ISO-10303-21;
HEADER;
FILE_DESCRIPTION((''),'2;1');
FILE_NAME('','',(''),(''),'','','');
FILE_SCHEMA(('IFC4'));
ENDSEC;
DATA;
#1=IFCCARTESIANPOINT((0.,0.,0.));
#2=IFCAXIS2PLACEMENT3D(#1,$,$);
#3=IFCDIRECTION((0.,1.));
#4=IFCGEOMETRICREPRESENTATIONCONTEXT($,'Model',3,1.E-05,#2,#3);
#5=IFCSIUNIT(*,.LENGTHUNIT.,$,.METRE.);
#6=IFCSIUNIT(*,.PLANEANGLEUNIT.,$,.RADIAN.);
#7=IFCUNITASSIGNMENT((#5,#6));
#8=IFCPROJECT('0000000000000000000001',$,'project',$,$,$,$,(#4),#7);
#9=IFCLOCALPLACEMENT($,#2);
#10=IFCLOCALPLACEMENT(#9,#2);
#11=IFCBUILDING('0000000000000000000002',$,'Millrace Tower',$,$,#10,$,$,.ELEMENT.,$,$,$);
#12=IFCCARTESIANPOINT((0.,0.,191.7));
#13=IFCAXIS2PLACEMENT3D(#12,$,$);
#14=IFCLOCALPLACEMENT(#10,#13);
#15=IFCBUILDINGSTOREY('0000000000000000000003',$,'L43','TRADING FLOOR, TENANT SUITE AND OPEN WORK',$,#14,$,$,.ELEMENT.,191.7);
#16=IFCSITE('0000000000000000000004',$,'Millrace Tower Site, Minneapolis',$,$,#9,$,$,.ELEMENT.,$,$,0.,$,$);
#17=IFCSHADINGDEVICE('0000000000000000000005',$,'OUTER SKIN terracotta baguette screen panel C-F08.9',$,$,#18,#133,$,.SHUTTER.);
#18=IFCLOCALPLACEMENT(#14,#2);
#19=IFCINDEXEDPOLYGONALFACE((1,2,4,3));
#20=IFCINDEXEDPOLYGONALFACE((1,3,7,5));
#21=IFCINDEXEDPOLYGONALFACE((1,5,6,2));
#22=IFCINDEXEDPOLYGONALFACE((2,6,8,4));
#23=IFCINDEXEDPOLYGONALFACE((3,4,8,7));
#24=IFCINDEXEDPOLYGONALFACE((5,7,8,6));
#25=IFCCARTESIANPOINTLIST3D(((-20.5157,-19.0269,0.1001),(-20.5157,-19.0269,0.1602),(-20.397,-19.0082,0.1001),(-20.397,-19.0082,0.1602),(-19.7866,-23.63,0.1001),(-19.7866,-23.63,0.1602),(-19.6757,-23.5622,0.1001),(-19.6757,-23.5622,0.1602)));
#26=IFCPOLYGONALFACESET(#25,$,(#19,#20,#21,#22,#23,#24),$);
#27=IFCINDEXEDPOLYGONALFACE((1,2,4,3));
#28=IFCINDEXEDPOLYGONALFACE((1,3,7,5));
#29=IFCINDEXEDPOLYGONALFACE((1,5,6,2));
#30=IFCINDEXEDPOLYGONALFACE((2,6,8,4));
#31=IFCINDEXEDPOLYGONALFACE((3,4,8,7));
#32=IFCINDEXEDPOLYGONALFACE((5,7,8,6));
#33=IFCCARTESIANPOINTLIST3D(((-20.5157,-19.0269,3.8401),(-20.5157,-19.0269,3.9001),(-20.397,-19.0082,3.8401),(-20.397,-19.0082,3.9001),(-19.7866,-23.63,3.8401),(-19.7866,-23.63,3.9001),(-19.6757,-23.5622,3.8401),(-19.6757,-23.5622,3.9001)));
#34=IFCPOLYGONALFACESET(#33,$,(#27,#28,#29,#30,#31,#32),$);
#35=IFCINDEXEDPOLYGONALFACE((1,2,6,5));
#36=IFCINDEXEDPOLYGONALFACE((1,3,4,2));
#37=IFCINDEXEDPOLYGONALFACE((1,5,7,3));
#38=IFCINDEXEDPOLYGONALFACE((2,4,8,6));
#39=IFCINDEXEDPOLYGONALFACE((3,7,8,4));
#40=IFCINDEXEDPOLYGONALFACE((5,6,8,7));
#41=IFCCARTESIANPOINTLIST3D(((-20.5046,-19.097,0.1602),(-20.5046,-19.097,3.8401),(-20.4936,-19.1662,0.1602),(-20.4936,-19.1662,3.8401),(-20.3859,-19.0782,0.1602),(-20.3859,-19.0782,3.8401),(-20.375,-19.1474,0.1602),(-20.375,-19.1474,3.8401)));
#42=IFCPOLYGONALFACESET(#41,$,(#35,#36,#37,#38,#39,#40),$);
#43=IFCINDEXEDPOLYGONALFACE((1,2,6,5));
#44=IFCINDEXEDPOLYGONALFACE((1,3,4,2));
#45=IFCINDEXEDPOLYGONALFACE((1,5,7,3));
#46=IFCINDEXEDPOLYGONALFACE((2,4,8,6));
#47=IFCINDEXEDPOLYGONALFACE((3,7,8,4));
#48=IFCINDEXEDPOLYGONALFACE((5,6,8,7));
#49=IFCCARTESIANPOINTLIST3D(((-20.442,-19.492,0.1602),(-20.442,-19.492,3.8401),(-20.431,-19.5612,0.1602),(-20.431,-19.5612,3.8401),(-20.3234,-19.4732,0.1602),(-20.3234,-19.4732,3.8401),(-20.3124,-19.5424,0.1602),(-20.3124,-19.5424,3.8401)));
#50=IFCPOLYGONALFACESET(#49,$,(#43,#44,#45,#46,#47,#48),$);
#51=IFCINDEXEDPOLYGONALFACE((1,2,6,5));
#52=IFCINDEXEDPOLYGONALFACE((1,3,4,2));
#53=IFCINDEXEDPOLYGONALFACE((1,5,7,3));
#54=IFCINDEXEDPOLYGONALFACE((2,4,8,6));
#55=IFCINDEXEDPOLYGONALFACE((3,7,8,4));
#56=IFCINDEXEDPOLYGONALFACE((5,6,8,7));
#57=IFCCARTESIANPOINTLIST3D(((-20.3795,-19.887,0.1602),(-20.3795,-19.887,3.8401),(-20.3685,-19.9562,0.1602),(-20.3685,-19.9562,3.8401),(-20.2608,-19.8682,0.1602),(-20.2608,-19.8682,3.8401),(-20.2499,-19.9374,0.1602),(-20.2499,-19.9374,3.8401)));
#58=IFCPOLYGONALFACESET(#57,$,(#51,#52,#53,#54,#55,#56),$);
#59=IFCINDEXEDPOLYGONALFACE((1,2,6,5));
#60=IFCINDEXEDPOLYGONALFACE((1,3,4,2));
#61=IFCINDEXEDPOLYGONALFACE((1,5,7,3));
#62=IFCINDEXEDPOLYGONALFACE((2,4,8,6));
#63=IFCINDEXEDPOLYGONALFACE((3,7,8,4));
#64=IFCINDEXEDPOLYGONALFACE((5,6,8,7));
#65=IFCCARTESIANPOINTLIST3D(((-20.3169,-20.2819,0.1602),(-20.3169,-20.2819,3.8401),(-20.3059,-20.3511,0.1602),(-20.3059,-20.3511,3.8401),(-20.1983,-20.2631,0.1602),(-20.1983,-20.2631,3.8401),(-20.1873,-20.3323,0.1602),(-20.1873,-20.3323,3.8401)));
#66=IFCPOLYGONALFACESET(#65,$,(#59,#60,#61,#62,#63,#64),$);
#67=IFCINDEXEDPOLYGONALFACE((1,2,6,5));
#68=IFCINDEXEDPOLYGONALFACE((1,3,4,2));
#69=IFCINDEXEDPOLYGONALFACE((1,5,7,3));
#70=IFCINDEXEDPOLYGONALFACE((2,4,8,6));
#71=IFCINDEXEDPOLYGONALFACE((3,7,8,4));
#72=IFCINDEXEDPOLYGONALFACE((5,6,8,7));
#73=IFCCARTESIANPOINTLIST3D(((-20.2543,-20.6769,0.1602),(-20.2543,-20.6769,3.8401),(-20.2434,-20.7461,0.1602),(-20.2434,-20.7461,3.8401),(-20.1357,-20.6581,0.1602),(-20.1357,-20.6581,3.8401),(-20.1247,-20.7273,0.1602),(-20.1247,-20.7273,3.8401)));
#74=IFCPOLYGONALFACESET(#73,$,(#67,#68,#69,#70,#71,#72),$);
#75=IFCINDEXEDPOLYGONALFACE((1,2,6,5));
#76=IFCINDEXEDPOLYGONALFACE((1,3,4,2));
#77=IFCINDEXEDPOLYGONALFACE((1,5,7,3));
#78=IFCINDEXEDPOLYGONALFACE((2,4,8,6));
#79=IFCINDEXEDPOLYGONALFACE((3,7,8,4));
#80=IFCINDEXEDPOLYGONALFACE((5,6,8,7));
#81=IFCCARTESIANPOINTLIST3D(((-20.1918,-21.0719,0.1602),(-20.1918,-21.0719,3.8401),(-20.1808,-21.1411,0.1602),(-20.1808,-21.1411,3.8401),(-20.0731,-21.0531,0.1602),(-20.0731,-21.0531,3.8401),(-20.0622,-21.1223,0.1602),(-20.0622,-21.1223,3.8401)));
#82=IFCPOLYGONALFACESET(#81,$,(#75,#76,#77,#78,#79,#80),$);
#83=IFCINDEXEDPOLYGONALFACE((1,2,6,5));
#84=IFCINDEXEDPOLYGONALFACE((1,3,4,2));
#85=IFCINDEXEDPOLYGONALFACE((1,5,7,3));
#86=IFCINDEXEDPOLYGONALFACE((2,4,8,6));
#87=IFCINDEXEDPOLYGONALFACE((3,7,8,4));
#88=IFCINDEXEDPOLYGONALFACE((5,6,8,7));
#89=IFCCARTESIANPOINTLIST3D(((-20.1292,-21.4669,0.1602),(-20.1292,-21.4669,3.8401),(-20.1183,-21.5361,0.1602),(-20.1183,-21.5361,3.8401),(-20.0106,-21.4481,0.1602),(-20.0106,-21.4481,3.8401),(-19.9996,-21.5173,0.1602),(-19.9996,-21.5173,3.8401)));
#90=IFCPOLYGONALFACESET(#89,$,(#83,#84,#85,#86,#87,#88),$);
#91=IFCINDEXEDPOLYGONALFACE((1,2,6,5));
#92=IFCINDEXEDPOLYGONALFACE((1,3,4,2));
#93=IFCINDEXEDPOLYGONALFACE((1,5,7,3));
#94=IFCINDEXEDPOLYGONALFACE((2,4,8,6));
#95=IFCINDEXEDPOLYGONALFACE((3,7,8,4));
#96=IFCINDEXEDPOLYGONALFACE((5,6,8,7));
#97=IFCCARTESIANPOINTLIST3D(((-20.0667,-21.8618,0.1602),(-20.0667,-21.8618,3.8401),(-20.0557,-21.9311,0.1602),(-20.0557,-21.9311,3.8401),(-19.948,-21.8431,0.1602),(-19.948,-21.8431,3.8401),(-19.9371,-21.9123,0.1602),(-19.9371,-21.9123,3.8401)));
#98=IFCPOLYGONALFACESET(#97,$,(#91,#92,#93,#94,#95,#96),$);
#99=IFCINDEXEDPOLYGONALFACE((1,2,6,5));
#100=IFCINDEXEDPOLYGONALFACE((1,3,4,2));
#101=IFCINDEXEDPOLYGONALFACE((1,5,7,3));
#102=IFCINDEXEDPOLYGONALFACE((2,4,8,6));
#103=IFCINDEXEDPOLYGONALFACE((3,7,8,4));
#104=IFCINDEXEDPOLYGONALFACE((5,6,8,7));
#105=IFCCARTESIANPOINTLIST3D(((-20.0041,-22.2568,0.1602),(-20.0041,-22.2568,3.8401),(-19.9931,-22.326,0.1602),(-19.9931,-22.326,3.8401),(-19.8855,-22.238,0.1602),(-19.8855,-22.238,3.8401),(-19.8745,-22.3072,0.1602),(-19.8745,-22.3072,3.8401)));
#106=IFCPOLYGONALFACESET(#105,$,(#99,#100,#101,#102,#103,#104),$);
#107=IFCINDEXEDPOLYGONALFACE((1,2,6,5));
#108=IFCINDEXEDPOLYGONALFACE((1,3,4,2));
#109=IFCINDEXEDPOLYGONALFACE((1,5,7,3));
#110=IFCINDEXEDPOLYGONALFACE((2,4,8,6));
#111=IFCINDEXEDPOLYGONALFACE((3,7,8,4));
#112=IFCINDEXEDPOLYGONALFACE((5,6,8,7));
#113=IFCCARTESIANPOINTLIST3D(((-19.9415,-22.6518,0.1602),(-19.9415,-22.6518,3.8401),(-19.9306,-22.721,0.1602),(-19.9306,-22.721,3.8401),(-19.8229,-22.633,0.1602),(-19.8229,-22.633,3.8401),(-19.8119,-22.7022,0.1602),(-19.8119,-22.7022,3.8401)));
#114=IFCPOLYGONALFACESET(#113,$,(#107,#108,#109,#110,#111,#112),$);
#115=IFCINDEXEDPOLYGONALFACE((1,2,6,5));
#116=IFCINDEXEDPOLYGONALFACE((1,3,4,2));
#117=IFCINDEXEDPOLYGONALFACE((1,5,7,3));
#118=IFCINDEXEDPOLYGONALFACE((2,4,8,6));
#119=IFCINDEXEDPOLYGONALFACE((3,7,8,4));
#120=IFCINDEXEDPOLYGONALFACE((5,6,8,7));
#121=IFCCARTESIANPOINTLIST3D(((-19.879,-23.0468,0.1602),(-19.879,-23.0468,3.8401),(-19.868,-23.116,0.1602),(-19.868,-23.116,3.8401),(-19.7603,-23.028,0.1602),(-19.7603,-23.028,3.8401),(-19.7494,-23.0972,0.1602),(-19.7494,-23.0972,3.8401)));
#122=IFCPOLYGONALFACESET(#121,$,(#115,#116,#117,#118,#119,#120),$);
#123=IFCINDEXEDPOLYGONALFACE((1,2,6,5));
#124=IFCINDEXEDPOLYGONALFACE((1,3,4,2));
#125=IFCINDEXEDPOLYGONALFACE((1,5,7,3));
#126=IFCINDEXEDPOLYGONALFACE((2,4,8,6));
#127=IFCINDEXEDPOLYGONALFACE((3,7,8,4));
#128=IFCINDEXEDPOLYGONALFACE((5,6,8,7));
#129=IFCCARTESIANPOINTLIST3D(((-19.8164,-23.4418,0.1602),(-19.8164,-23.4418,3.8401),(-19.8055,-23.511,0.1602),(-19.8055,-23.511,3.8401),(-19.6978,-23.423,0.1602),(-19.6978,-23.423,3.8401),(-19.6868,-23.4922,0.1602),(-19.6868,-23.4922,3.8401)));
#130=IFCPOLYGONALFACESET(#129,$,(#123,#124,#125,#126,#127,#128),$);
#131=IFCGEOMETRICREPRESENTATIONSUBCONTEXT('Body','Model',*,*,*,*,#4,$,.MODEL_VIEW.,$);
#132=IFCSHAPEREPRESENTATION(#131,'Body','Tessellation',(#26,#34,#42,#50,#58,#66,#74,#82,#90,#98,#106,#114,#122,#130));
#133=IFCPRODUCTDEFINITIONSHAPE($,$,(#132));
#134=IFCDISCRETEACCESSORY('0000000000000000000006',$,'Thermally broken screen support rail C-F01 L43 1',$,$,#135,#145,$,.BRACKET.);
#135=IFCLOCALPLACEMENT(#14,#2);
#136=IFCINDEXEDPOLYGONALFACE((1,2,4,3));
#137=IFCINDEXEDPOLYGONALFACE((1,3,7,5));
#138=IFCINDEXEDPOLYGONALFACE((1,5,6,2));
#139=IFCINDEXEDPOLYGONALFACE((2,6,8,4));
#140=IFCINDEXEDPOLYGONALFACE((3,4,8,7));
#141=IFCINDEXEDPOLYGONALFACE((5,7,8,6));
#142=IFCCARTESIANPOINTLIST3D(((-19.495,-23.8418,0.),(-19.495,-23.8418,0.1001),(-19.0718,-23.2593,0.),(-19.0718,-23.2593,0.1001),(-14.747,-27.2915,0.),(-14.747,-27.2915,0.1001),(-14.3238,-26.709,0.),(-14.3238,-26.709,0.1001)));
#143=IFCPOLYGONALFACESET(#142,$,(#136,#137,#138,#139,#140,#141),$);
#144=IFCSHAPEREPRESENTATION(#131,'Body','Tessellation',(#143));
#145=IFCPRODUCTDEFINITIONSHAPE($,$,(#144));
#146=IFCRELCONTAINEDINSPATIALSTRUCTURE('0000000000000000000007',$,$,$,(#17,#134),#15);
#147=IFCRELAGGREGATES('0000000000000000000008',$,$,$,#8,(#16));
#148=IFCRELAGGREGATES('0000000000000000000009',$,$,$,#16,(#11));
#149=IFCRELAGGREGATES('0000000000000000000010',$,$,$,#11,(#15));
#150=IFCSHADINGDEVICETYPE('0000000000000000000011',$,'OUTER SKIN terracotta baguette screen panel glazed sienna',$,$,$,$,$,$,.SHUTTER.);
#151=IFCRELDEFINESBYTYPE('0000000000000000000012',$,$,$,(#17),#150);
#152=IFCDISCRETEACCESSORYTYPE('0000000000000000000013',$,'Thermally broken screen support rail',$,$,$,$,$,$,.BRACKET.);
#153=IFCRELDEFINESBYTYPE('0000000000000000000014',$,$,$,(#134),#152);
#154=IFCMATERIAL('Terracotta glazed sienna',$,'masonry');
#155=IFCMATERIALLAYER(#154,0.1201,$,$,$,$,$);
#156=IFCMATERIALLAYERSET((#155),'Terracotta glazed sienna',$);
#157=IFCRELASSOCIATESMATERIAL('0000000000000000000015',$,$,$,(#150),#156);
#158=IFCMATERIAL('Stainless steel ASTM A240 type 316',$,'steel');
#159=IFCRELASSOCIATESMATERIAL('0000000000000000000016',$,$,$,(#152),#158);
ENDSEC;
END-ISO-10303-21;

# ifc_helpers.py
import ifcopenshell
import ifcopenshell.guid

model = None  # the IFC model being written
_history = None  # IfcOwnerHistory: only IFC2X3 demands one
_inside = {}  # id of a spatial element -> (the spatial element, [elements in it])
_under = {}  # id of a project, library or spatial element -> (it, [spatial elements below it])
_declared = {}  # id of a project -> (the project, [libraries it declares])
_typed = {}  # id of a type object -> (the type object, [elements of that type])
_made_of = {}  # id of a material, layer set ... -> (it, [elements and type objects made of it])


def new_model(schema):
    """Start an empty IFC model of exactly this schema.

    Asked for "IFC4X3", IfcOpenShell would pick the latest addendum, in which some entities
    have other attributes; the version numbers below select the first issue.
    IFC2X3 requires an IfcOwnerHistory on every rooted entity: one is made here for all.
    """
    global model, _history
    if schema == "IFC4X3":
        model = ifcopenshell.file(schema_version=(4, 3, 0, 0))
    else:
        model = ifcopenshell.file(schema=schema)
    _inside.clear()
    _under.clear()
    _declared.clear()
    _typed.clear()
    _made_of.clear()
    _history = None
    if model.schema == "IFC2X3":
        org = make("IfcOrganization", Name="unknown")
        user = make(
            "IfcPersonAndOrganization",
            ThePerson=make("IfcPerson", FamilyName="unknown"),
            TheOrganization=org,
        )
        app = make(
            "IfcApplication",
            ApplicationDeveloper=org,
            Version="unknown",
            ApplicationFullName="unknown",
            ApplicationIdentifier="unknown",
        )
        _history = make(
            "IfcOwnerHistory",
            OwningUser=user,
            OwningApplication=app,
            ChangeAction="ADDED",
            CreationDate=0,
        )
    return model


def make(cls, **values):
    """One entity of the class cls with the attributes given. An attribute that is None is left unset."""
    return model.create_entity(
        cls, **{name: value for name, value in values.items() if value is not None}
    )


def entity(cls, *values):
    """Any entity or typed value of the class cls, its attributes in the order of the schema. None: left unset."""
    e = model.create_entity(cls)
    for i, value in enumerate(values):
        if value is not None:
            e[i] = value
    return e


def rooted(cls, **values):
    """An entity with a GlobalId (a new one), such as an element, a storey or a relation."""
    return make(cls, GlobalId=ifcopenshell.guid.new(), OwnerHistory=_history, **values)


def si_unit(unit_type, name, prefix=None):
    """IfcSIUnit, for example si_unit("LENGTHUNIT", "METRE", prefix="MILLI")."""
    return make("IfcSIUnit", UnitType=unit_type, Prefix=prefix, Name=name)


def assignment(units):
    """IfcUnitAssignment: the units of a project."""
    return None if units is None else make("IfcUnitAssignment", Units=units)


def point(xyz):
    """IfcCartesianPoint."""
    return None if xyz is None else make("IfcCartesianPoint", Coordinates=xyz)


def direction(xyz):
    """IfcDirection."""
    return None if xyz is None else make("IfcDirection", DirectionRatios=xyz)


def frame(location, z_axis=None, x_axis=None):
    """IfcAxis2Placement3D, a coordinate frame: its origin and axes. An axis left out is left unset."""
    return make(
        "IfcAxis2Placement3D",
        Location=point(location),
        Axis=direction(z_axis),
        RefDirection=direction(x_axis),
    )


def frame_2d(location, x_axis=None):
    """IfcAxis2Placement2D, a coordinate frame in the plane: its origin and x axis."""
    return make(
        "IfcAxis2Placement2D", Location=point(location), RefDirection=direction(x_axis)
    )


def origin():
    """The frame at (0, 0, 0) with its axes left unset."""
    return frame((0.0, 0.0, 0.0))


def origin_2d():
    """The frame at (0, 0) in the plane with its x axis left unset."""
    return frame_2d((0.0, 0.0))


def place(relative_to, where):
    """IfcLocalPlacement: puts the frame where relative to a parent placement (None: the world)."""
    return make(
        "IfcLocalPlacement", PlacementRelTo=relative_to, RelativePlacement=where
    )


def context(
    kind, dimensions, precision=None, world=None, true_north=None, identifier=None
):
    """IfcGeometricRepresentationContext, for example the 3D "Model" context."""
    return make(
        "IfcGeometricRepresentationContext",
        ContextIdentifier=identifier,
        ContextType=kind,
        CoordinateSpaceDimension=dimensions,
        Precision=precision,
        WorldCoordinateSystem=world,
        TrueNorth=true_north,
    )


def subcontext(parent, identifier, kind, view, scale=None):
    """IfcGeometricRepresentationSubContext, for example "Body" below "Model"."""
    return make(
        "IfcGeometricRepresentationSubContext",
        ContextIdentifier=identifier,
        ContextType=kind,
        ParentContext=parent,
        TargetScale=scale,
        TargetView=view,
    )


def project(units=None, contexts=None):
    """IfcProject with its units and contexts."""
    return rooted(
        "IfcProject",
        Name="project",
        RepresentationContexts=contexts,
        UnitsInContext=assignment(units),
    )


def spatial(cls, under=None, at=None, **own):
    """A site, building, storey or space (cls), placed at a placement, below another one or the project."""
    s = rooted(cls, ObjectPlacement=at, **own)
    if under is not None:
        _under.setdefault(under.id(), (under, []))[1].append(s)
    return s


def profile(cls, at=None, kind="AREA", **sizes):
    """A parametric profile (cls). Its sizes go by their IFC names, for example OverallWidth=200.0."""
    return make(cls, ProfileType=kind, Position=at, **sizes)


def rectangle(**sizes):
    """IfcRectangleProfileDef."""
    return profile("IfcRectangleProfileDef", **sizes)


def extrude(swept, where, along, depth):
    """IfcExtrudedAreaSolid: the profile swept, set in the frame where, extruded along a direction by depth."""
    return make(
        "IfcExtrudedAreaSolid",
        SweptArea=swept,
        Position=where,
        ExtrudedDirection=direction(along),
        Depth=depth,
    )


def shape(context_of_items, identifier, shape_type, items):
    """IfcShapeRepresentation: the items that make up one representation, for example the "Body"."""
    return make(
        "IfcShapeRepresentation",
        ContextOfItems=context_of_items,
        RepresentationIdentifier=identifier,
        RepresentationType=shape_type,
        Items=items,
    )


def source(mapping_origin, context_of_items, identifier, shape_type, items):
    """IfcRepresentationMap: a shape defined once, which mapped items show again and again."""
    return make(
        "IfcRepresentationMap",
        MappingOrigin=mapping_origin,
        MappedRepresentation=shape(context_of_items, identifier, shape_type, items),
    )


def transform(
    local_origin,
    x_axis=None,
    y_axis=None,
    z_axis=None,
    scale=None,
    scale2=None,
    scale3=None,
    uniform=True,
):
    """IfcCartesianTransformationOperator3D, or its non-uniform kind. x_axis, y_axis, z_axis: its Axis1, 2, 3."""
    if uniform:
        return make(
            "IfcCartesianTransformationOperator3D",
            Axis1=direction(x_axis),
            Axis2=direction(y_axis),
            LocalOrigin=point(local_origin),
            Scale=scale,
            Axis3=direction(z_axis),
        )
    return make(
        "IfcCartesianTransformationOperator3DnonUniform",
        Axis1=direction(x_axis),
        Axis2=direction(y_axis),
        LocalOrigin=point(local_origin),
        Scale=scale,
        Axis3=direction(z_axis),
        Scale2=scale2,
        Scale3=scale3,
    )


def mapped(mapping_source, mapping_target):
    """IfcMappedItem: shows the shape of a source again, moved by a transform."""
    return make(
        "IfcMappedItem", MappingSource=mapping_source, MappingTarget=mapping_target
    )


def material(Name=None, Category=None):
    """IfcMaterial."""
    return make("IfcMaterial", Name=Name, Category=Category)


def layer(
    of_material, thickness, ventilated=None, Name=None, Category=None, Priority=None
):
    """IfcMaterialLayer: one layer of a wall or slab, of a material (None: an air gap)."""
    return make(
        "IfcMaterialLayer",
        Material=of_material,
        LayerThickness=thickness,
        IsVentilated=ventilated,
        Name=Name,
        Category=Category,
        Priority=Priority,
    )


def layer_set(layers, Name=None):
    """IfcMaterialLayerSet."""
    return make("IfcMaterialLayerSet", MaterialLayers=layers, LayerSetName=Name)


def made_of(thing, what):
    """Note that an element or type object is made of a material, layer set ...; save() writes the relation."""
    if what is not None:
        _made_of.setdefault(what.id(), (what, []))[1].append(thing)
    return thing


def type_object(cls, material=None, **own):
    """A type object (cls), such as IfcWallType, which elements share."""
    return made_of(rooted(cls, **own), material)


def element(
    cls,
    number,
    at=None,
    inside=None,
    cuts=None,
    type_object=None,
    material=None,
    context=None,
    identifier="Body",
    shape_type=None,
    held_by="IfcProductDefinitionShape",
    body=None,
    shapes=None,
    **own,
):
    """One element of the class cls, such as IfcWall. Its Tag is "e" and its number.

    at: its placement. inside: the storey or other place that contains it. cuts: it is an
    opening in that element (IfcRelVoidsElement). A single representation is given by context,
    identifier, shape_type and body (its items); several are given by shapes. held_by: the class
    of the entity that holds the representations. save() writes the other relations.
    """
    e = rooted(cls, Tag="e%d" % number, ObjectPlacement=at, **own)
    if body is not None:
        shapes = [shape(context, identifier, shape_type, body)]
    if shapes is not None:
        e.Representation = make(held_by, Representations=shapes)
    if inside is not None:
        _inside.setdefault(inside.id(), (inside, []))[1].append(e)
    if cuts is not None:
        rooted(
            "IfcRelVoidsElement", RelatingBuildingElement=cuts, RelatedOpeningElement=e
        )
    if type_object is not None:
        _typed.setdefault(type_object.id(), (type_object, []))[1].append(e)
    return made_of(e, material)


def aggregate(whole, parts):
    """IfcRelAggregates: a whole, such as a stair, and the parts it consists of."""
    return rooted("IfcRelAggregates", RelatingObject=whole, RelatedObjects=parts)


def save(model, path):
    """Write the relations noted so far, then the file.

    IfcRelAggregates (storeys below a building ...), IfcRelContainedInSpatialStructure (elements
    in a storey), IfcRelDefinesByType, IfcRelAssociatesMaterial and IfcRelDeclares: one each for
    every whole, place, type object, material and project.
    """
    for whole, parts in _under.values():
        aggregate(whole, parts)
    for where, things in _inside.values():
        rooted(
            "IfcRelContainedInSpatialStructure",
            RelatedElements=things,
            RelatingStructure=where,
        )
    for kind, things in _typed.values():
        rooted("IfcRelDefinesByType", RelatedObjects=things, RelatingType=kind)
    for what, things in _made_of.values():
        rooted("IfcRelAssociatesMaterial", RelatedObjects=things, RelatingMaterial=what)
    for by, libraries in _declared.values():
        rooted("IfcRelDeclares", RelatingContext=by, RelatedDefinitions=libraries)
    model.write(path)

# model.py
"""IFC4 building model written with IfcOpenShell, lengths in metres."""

from ifc_helpers import new_model, entity, si_unit, direction, frame, frame_2d, origin, origin_2d, place, context, subcontext, project, spatial, rectangle, extrude, source, transform, mapped, material, layer, layer_set, type_object, element, save


model = new_model("IFC4")

# Units and contexts
model_context = context("Model", 3, precision=1e-05, world=origin(), true_north=direction((0.0, 1.0)))
body_context = subcontext(model_context, "Body", "Model", "MODEL_VIEW")
ifc_project = project(units=[si_unit("LENGTHUNIT", "METRE"), si_unit("PLANEANGLEUNIT", "RADIAN")], contexts=[model_context])

# Site, building, storey
site_placement = place(None, origin())
site = spatial("IfcSite", under=ifc_project, at=site_placement, Name="Millrace Tower Site, Minneapolis", CompositionType="ELEMENT", RefElevation=0.0)
building_placement = place(site_placement, origin())
building = spatial("IfcBuilding", under=site, at=building_placement, Name="Millrace Tower", CompositionType="ELEMENT")
storey_placement = place(building_placement, frame((0.0, 0.0, 191.7)))
storey = spatial("IfcBuildingStorey", under=building, at=storey_placement, Name="L43", Description="TRADING FLOOR, TENANT SUITE AND OPEN WORK", CompositionType="ELEMENT", Elevation=191.7)

# Shading device
ifc_material_1 = material(Name="Terracotta glazed sienna", Category="masonry")
ifc_layer_1 = layer(ifc_material_1, 0.1201)
ifc_layer_set_1 = layer_set([ifc_layer_1], Name="Terracotta glazed sienna")
shading_device_type = type_object("IfcShadingDeviceType", Name="OUTER SKIN terracotta baguette screen panel glazed sienna", PredefinedType="SHUTTER", material=ifc_layer_set_1)
cartesian_point_1 = entity("IfcCartesianPoint", [-2.3179, 0.0601])
shared_polyline_1 = entity("IfcPolyline", [cartesian_point_1, entity("IfcCartesianPoint", [2.293, 0.0601]), entity("IfcCartesianPoint", [2.3425, -0.0601]), entity("IfcCartesianPoint", [-2.3179, -0.0601]), cartesian_point_1])
shared_shape_1 = source(origin(), body_context, "Body", "SweptSolid", [
    entity("IfcExtrudedAreaSolid", entity("IfcArbitraryClosedProfileDef", "AREA", None, shared_polyline_1), entity("IfcAxis2Placement3D", entity("IfcCartesianPoint", [0.0, 0.0, 0.0])), entity("IfcDirection", [0.0, 0.0, 1.0]), 0.0601),
    entity("IfcExtrudedAreaSolid", entity("IfcArbitraryClosedProfileDef", "AREA", None, shared_polyline_1), entity("IfcAxis2Placement3D", entity("IfcCartesianPoint", [0.0, 0.0, 3.74])), entity("IfcDirection", [0.0, 0.0, 1.0]), 0.0601),
    extrude(rectangle(XDim=0.0701, YDim=0.1201, at=frame_2d((-2.2119, 0.0))), frame((0.0, 0.0, 0.0601)), (0.0, 0.0, 1.0), 3.6799),
    extrude(rectangle(XDim=0.0701, YDim=0.1201, at=frame_2d((-1.812, 0.0))), frame((0.0, 0.0, 0.0601)), (0.0, 0.0, 1.0), 3.6799),
    extrude(rectangle(XDim=0.0701, YDim=0.1201, at=frame_2d((-1.4121, 0.0))), frame((0.0, 0.0, 0.0601)), (0.0, 0.0, 1.0), 3.6799),
    extrude(rectangle(XDim=0.0701, YDim=0.1201, at=frame_2d((-1.0122, 0.0))), frame((0.0, 0.0, 0.0601)), (0.0, 0.0, 1.0), 3.6799),
    extrude(rectangle(XDim=0.0701, YDim=0.1201, at=frame_2d((-0.6123, 0.0))), frame((0.0, 0.0, 0.0601)), (0.0, 0.0, 1.0), 3.6799),
    extrude(rectangle(XDim=0.0701, YDim=0.1201, at=frame_2d((-0.2124, 0.0))), frame((0.0, 0.0, 0.0601)), (0.0, 0.0, 1.0), 3.6799),
    extrude(rectangle(XDim=0.0701, YDim=0.1201, at=frame_2d((0.1875, 0.0))), frame((0.0, 0.0, 0.0601)), (0.0, 0.0, 1.0), 3.6799),
    extrude(rectangle(XDim=0.0701, YDim=0.1201, at=frame_2d((0.5874, 0.0))), frame((0.0, 0.0, 0.0601)), (0.0, 0.0, 1.0), 3.6799),
    extrude(rectangle(XDim=0.0701, YDim=0.1201, at=frame_2d((0.9873, 0.0))), frame((0.0, 0.0, 0.0601)), (0.0, 0.0, 1.0), 3.6799),
    extrude(rectangle(XDim=0.0701, YDim=0.1201, at=frame_2d((1.3872, 0.0))), frame((0.0, 0.0, 0.0601)), (0.0, 0.0, 1.0), 3.6799),
    extrude(rectangle(XDim=0.0701, YDim=0.1201, at=frame_2d((1.7871, 0.0))), frame((0.0, 0.0, 0.0601)), (0.0, 0.0, 1.0), 3.6799),
    extrude(rectangle(XDim=0.0701, YDim=0.1201, at=frame_2d((2.187, 0.0))), frame((0.0, 0.0, 0.0601)), (0.0, 0.0, 1.0), 3.6799),
])
shading_device_1_placement = place(storey_placement, frame((-20.0938, -21.3069, 0.1001), z_axis=(0.0, 0.0, 1.0), x_axis=(0.156434, -0.987688, 0.0)))
element("IfcShadingDevice", 1, at=shading_device_1_placement, inside=storey, type_object=shading_device_type, Name="OUTER SKIN terracotta baguette screen panel C-F08.9", PredefinedType="SHUTTER", context=body_context, shape_type="MappedRepresentation", body=[
    mapped(shared_shape_1, transform((0.0, 0.0, 0.0), scale=1.0)),
])

# Discrete accessory
ifc_material_2 = material(Name="Stainless steel ASTM A240 type 316", Category="steel")
discrete_accessory_type = type_object("IfcDiscreteAccessoryType", Name="Thermally broken screen support rail", PredefinedType="BRACKET", material=ifc_material_2)
discrete_accessory_placement = place(storey_placement, frame((-16.9094, -25.2754, 0.0), z_axis=(0.0, 0.0, 1.0), x_axis=(0.809017, -0.587785, 0.0)))
element("IfcDiscreteAccessory", 2, at=discrete_accessory_placement, inside=storey, type_object=discrete_accessory_type, Name="Thermally broken screen support rail C-F01 L43 1", PredefinedType="BRACKET", context=body_context, shape_type="SweptSolid", body=[
    extrude(rectangle(XDim=5.8689, YDim=0.72, at=origin_2d()), origin(), (0.0, 0.0, 1.0), 0.1001),
])

save(model, "model.ifc")
